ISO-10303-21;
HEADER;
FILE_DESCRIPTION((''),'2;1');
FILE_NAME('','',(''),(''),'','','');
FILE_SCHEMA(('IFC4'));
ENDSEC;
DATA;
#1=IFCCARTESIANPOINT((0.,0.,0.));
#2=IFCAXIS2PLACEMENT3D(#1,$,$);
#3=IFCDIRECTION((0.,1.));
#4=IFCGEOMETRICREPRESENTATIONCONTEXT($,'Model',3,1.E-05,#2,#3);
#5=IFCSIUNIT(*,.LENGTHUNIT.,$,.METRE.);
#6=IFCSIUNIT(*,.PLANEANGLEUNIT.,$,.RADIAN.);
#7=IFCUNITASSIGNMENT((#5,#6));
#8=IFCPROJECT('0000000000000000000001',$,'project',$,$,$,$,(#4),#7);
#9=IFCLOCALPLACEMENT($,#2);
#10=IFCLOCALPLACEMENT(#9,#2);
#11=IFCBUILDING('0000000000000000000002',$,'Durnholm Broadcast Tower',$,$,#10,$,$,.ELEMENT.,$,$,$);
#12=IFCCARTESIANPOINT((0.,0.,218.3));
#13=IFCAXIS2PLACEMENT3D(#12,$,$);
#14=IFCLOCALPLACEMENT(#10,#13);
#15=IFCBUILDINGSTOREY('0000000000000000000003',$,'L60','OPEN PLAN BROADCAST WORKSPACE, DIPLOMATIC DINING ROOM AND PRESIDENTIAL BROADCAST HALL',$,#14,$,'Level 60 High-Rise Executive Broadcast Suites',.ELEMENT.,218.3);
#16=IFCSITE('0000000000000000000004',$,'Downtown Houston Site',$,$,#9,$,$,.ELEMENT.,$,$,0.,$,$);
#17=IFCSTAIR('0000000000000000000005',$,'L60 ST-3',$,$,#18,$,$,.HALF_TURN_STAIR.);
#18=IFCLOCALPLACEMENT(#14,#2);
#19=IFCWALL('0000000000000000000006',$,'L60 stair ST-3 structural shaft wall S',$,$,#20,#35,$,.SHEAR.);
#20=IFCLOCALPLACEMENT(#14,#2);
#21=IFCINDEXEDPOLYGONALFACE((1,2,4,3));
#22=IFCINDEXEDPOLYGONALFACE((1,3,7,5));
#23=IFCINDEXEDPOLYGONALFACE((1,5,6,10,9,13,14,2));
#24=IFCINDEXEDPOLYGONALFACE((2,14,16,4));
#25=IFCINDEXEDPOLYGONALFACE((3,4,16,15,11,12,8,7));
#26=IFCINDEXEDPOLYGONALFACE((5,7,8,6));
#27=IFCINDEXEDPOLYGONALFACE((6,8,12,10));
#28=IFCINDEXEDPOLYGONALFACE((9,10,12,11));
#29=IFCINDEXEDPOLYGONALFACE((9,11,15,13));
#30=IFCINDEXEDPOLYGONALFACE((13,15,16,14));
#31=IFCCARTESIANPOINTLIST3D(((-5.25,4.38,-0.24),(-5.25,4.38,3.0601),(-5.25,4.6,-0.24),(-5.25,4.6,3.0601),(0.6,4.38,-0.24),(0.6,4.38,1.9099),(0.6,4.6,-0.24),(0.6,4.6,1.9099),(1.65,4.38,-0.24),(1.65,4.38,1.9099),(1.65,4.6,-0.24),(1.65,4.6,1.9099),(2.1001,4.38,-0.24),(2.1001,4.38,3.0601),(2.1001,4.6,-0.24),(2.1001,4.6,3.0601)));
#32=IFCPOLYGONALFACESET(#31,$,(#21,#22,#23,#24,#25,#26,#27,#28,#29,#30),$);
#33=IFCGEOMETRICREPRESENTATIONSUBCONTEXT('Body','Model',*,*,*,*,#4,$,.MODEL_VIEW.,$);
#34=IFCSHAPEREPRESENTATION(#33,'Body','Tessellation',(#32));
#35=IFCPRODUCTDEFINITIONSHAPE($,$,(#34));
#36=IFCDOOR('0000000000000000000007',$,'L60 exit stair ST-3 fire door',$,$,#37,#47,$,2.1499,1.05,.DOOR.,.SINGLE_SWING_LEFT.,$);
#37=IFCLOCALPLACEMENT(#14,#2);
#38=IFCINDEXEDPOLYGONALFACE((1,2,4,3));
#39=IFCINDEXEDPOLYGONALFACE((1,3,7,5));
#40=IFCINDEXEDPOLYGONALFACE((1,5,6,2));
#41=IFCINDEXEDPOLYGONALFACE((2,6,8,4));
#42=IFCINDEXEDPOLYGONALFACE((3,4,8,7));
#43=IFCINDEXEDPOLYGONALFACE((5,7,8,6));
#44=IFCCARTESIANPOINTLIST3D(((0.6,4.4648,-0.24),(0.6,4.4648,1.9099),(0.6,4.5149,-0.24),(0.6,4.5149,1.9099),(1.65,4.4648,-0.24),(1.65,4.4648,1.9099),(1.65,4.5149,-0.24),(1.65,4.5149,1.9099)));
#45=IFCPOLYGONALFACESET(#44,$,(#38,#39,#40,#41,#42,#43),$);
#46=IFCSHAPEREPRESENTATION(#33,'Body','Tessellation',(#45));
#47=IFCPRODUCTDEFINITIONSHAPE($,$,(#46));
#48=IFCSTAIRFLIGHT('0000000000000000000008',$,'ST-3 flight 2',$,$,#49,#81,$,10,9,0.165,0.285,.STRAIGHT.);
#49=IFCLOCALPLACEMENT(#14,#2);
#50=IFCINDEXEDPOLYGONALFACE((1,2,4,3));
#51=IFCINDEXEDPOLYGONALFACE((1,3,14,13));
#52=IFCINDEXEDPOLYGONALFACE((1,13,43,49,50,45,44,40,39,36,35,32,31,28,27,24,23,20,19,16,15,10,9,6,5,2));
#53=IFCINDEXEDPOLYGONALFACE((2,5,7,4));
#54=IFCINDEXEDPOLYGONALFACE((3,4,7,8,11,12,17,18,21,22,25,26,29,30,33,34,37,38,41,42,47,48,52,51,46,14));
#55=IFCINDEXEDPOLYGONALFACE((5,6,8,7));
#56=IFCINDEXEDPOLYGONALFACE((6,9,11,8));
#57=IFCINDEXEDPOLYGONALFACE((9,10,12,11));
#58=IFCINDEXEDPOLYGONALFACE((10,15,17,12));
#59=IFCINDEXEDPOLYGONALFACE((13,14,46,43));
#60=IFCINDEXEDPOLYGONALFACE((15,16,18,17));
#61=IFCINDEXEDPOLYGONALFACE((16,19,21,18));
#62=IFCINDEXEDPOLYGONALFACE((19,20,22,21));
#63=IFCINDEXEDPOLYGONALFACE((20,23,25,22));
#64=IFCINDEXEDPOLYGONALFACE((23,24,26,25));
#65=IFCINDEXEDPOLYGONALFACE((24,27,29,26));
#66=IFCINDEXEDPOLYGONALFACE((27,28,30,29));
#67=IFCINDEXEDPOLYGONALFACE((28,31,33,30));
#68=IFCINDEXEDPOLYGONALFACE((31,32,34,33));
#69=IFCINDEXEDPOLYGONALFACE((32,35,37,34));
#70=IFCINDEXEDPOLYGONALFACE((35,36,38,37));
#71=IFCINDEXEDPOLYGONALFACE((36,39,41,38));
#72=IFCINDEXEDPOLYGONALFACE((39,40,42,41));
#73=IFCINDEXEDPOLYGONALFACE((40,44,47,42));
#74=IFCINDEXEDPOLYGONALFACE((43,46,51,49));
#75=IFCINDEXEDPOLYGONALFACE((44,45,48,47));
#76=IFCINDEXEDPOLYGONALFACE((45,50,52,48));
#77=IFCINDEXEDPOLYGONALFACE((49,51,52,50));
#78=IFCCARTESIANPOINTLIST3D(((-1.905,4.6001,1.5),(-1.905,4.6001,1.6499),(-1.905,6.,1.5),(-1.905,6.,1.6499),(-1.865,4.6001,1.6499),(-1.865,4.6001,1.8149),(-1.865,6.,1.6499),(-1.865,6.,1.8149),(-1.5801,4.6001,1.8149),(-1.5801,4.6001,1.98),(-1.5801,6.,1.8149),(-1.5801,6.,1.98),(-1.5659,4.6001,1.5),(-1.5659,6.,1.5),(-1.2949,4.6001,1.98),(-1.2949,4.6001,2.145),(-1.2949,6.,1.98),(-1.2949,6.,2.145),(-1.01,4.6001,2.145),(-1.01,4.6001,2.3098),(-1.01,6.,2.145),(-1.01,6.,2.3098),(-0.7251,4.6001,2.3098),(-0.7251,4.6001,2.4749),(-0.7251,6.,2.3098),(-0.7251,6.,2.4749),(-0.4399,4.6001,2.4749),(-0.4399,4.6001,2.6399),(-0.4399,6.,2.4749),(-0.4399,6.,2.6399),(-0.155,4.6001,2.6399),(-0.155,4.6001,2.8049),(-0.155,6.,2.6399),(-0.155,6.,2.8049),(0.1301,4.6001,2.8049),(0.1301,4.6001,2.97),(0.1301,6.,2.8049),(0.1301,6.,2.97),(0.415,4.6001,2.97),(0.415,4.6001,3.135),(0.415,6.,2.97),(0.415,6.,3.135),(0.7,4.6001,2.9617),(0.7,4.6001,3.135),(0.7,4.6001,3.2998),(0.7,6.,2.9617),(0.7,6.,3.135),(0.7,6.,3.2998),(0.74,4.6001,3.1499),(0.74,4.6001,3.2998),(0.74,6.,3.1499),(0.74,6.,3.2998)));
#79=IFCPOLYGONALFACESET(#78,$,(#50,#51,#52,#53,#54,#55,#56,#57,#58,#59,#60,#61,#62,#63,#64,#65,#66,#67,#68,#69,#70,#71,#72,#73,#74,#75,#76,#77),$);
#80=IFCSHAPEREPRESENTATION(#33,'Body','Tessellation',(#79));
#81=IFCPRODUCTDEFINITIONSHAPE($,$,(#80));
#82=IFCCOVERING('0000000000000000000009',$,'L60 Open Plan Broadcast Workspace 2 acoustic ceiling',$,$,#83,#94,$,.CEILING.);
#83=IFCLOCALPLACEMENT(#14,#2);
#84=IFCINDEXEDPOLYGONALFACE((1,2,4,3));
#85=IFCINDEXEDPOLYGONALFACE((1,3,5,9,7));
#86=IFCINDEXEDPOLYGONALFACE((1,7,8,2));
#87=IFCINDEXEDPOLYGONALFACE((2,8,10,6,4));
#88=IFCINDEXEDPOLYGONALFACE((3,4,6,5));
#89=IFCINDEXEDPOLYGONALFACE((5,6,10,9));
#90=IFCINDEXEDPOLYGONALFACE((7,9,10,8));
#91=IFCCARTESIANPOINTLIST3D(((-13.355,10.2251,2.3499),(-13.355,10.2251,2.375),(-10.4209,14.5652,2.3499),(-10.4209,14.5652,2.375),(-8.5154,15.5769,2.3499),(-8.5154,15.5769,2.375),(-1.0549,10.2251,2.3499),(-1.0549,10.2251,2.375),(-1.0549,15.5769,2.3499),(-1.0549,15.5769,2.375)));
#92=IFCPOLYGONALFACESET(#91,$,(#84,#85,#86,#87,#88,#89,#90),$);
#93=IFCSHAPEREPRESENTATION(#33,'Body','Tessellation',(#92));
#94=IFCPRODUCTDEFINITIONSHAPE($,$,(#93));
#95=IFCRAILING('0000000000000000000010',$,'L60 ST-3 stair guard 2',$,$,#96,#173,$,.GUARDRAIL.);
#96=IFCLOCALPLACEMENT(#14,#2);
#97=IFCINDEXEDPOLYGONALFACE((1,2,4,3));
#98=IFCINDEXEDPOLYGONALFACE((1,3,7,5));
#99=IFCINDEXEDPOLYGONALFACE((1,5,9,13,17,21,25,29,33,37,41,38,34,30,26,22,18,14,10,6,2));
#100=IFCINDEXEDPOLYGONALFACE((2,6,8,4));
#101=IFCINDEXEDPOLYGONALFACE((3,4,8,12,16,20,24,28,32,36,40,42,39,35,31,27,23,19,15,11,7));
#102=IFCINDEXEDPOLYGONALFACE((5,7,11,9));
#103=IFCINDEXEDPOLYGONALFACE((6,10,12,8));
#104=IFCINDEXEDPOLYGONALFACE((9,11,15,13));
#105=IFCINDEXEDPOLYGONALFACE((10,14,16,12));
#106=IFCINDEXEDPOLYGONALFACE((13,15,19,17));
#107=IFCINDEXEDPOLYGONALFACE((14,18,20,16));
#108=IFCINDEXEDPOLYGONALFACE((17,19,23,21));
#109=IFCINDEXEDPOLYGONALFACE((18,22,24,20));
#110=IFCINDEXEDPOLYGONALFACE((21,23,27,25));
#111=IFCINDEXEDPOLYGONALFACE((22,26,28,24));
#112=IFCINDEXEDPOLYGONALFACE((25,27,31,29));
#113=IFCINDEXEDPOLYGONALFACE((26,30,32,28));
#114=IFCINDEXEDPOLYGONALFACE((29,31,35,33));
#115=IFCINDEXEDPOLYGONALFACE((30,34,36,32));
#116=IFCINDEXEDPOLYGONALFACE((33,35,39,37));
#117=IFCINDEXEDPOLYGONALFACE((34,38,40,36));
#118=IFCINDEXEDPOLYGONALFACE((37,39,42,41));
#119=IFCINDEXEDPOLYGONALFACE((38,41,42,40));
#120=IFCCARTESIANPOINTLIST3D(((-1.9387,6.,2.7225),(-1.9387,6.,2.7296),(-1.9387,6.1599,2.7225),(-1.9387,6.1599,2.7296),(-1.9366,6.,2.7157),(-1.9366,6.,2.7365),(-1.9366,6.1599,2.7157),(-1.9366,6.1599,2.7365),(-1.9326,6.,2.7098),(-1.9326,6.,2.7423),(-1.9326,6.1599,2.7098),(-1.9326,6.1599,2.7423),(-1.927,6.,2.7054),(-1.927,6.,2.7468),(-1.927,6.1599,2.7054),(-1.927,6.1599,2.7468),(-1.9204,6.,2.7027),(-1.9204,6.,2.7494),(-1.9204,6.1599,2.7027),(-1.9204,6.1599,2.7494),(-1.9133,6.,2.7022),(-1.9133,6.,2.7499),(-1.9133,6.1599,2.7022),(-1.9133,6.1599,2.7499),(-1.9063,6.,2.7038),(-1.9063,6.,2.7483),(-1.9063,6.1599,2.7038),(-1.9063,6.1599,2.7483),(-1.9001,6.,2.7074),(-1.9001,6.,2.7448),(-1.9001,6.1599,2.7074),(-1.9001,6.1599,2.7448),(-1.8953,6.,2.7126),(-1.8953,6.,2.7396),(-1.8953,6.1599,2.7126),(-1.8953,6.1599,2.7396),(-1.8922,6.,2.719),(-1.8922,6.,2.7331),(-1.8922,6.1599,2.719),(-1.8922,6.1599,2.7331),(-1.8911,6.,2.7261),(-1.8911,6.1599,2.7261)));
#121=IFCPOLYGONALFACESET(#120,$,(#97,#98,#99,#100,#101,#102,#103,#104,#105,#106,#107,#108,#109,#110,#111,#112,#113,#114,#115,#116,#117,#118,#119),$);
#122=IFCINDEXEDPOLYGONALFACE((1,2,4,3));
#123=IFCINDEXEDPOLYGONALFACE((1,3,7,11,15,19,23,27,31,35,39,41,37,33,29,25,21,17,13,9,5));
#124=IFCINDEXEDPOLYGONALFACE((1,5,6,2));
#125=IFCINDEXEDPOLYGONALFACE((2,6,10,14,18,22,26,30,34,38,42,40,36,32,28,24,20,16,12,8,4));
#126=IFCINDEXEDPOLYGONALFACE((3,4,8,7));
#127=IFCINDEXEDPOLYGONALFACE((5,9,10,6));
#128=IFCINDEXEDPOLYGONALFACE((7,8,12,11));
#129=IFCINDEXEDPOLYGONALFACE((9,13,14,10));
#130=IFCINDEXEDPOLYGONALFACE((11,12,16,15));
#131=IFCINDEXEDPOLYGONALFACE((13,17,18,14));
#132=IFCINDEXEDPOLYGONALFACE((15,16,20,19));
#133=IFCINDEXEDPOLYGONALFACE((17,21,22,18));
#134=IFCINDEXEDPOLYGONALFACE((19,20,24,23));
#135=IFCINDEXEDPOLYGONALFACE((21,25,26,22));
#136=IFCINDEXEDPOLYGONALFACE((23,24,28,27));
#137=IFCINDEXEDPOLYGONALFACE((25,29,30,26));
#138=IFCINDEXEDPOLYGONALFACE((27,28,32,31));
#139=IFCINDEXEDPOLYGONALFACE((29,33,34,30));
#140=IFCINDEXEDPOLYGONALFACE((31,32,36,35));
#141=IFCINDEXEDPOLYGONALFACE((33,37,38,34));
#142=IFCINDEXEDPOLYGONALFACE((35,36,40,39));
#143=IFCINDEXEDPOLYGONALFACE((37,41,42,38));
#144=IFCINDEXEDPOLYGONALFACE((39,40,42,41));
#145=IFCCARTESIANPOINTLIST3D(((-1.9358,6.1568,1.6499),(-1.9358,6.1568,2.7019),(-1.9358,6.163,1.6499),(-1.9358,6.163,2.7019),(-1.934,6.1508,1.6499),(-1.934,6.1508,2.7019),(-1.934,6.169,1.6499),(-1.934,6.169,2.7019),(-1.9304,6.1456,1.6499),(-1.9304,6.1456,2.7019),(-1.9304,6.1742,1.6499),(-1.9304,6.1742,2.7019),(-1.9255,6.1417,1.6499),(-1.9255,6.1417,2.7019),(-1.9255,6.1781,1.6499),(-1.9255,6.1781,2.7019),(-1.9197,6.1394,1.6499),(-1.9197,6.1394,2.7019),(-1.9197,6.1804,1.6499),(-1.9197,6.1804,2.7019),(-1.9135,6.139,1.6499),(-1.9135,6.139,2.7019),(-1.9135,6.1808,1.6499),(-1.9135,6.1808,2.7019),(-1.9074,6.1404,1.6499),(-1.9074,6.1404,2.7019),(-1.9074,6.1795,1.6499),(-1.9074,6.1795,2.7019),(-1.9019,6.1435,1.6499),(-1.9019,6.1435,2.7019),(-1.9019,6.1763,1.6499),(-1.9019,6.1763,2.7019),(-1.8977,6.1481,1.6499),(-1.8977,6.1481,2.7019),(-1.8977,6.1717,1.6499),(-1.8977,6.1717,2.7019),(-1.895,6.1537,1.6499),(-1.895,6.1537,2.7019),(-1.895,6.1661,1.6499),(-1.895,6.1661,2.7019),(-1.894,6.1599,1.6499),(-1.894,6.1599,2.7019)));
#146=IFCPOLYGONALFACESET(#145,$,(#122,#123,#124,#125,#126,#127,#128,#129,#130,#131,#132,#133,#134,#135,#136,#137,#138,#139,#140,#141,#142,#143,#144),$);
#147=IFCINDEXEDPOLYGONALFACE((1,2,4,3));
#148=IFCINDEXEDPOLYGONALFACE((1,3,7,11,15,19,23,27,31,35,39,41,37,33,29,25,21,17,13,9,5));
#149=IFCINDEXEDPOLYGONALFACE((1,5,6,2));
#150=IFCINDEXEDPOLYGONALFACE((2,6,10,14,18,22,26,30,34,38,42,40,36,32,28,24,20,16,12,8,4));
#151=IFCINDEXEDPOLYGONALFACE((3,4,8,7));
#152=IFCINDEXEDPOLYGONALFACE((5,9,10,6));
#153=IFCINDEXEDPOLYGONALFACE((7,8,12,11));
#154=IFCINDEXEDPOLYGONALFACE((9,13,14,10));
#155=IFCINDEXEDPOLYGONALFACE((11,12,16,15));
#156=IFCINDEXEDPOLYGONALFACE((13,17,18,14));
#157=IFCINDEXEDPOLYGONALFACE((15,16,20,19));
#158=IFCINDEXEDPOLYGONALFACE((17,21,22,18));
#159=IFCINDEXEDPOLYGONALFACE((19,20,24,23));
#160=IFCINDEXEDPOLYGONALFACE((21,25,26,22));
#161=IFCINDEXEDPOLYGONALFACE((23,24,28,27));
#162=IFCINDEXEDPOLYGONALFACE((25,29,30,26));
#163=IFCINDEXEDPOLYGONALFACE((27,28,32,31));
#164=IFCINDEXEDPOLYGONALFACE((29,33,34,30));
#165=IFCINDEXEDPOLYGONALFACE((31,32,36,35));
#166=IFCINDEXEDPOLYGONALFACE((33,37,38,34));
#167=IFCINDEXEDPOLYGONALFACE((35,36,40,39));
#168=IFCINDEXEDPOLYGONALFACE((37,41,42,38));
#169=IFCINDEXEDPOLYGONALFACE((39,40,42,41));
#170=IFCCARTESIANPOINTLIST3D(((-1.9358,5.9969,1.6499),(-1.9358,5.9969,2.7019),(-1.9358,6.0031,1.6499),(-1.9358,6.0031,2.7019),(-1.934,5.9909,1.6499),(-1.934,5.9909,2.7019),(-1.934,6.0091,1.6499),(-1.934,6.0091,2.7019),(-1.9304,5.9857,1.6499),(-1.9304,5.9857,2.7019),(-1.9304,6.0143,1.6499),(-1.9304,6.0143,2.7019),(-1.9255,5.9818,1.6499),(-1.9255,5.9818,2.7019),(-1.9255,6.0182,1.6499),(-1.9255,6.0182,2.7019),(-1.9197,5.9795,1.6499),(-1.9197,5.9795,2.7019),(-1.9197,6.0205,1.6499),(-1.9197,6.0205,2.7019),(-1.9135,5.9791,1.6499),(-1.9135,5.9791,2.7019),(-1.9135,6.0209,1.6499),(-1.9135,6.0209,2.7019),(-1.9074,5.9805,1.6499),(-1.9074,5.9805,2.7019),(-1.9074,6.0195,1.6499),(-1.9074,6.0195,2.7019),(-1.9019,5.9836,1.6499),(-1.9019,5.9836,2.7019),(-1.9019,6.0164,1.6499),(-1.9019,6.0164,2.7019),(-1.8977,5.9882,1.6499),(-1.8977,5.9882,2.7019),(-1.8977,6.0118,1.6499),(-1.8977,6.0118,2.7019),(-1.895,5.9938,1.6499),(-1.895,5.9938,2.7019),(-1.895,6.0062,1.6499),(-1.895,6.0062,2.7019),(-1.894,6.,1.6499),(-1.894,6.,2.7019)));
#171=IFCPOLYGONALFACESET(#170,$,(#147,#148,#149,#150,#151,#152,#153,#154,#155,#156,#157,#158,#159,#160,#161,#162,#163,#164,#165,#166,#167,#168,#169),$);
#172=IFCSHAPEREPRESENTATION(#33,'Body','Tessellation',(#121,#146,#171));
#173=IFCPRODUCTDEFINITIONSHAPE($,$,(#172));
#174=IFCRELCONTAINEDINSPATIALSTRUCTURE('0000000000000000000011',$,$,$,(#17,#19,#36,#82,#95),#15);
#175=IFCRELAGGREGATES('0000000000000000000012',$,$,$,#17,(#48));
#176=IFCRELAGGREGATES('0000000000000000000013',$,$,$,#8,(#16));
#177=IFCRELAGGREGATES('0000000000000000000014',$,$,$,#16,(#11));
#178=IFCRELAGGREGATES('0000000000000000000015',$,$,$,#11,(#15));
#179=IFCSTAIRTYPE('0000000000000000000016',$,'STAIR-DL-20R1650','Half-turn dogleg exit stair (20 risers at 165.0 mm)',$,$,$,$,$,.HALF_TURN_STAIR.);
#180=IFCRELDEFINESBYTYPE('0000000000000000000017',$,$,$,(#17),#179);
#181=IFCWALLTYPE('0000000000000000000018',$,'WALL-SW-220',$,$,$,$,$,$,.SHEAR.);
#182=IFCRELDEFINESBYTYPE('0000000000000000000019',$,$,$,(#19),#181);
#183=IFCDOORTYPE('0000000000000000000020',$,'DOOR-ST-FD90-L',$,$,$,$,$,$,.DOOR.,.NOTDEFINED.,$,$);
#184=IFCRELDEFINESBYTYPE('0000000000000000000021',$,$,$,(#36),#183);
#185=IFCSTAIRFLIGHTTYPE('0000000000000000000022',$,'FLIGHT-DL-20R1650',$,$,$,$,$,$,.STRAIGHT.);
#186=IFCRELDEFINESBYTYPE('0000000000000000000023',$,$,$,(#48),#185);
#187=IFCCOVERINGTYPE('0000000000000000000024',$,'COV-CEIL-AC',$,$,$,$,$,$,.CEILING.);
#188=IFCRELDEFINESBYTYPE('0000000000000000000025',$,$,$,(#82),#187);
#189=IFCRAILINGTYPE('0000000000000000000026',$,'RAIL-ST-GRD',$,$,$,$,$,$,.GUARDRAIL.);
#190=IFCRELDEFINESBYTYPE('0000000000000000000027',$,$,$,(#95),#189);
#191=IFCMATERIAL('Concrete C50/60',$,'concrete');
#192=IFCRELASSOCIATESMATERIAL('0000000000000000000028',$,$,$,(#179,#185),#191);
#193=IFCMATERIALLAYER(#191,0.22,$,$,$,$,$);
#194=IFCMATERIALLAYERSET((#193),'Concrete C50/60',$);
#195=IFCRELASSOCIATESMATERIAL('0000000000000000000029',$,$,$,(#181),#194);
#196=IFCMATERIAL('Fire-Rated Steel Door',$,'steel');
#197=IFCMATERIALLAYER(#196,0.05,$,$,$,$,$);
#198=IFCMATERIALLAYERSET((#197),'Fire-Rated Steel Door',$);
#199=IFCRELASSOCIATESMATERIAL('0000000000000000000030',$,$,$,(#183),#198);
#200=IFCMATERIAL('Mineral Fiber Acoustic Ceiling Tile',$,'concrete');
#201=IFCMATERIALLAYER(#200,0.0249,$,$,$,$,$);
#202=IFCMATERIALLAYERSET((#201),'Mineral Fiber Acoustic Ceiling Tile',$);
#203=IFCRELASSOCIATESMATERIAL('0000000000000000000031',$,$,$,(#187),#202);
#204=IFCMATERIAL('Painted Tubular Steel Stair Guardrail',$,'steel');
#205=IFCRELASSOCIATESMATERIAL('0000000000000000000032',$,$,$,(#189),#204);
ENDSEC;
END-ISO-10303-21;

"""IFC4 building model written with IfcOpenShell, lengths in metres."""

from ifc_helpers import new_model, si_unit, direction, frame, frame_2d, origin, origin_2d, place, context, subcontext, project, spatial, polyline, rectangle, circle, outline, extrude, source, transform, mapped, material, layer, layer_set, type_object, type_shapes, element, fill, aggregate, save


model = new_model("IFC4")

# Units and contexts
model_context = context("Model", 3, precision=1e-05, world=origin(), true_north=direction((0.0, 1.0)))
body_context = subcontext(model_context, "Body", "Model", "MODEL_VIEW")
ifc_project = project(units=[si_unit("LENGTHUNIT", "METRE"), si_unit("PLANEANGLEUNIT", "RADIAN")], contexts=[model_context])

# Site, building, storey
site_placement = place(None, origin())
site = spatial("IfcSite", under=ifc_project, at=site_placement, Name="Downtown Houston Site", CompositionType="ELEMENT", RefElevation=0.0)
building_placement = place(site_placement, origin())
building = spatial("IfcBuilding", under=site, at=building_placement, Name="Durnholm Broadcast Tower", CompositionType="ELEMENT")
storey_placement = place(building_placement, frame((0.0, 0.0, 218.3)))
storey = spatial("IfcBuildingStorey", under=building, at=storey_placement, Name="L60", Description="OPEN PLAN BROADCAST WORKSPACE, DIPLOMATIC DINING ROOM AND PRESIDENTIAL BROADCAST HALL", LongName="Level 60 High-Rise Executive Broadcast Suites", CompositionType="ELEMENT", Elevation=218.3)

# Stair
ifc_material_1 = material(Name="Concrete C50/60", Category="concrete")
stair_type = type_object("IfcStairType", Name="STAIR-DL-20R1650", Description="Half-turn dogleg exit stair (20 risers at 165.0 mm)", PredefinedType="HALF_TURN_STAIR", material=ifc_material_1)
stair_1_placement = place(storey_placement, origin())
stair_1 = element("IfcStair", 1, at=stair_1_placement, inside=storey, type_object=stair_type, Name="L60 ST-3", PredefinedType="HALF_TURN_STAIR")

# Shared definitions
ifc_layer_1 = layer(ifc_material_1, 0.22)
ifc_layer_set_1 = layer_set([ifc_layer_1], Name="Concrete C50/60")
wall_type_1 = type_object("IfcWallType", Name="WALL-SW-220", PredefinedType="SHEAR", material=ifc_layer_set_1)

# Wall, opening, door
wall_1_placement = place(storey_placement, frame((-5.25, 4.49, -0.24), z_axis=(0.0, 0.0, 1.0), x_axis=(1.0, 0.0, 0.0)))
wall_1 = element("IfcWall", 2, at=wall_1_placement, inside=storey, type_object=wall_type_1, Name="L60 stair ST-3 structural shaft wall S", PredefinedType="SHEAR", context=body_context, shape_type="SweptSolid", body=[
    extrude(rectangle(XDim=7.3501, YDim=0.22, at=frame_2d((3.675, 0.0))), origin(), (0.0, 0.0, 1.0), 3.3),
])
opening_1_placement = place(wall_1_placement, frame((5.8501, 0.0, 0.0)))
opening_1 = element("IfcOpeningElement", 3, at=opening_1_placement, cuts=wall_1, PredefinedType="OPENING", context=body_context, shape_type="SweptSolid", body=[
    extrude(rectangle(XDim=1.05, YDim=2.1499, at=frame_2d((0.5249, 1.075))), frame((0.0, 0.1201, 0.0), z_axis=(0.0, -1.0, 0.0), x_axis=(1.0, 0.0, 0.0)), (0.0, 0.0, 1.0), 0.24),
])
ifc_material_2 = material(Name="Fire-Rated Steel Door", Category="steel")
ifc_layer_2 = layer(ifc_material_2, 0.05)
ifc_layer_set_2 = layer_set([ifc_layer_2], Name="Fire-Rated Steel Door")
door_type_1 = type_object("IfcDoorType", Name="DOOR-ST-FD90-L", OperationType="NOTDEFINED", PredefinedType="DOOR", material=ifc_layer_set_2)
shared_shape_1 = source(origin(), body_context, "Body", "SweptSolid", [
    extrude(rectangle(XDim=1.05, YDim=2.1499, at=frame_2d((0.5249, 1.075))), frame((0.0, 0.0249, 0.0), z_axis=(0.0, -1.0, 0.0), x_axis=(1.0, 0.0, 0.0)), (0.0, 0.0, 1.0), 0.05),
])
type_shapes(door_type_1, [shared_shape_1])
door_1_placement = place(opening_1_placement, origin())
door_1 = element("IfcDoor", 4, at=door_1_placement, inside=storey, type_object=door_type_1, Name="L60 exit stair ST-3 fire door", OperationType="SINGLE_SWING_LEFT", OverallHeight=2.1499, OverallWidth=1.05, PredefinedType="DOOR", context=body_context, shape_type="MappedRepresentation", body=[
    mapped(shared_shape_1, transform((0.0, 0.0, 0.0), x_axis=(1.0, 0.0, 0.0), y_axis=(0.0, 1.0, 0.0), z_axis=(0.0, 0.0, 1.0), scale=1.0)),
])
fill(opening_1, door_1)

# Stair flight
stair_flight_type = type_object("IfcStairFlightType", Name="FLIGHT-DL-20R1650", PredefinedType="STRAIGHT", material=ifc_material_1)
stair_flight_placement = place(storey_placement, frame((-1.865, 5.3, 1.6499), z_axis=(0.0, 0.0, 1.0), x_axis=(1.0, 0.0, 0.0)))
stair_flight = element("IfcStairFlight", 5, at=stair_flight_placement, type_object=stair_flight_type, Name="ST-3 flight 2", NumberOfRisers=10, NumberOfTreads=9, PredefinedType="STRAIGHT", RiserHeight=0.165, TreadLength=0.285, context=body_context, shape_type="SweptSolid", body=[
    extrude(outline(polyline([(-0.04, -0.1499), (-0.04, 0.0), (0.0, 0.0), (0.0, 0.165), (0.2849, 0.165), (0.2849, 0.3301), (0.5701, 0.3301), (0.5701, 0.4951), (0.855, 0.4951), (0.855, 0.6599), (1.1399, 0.6599), (1.1399, 0.825), (1.425, 0.825), (1.425, 0.99), (1.71, 0.99), (1.71, 1.155), (1.9951, 1.155), (1.9951, 1.3201), (2.28, 1.3201), (2.28, 1.4851), (2.5649, 1.4851), (2.5649, 1.6499), (2.605, 1.6499), (2.605, 1.5), (2.5649, 1.3118), (0.2991, -0.1499), (-0.04, -0.1499)])), frame((0.0, 0.7, 0.0), z_axis=(0.0, -1.0, 0.0), x_axis=(1.0, 0.0, 0.0)), (0.0, 0.0, 1.0), 1.3999),
])
aggregate(stair_1, [stair_flight])

# Covering
ifc_material_3 = material(Name="Mineral Fiber Acoustic Ceiling Tile", Category="concrete")
ifc_layer_3 = layer(ifc_material_3, 0.0249)
ifc_layer_set_3 = layer_set([ifc_layer_3], Name="Mineral Fiber Acoustic Ceiling Tile")
covering_type = type_object("IfcCoveringType", Name="COV-CEIL-AC", PredefinedType="CEILING", material=ifc_layer_set_3)
covering_placement = place(storey_placement, frame((0.0, 0.0, 2.3499)))
element("IfcCovering", 6, at=covering_placement, inside=storey, type_object=covering_type, Name="L60 Open Plan Broadcast Workspace 2 acoustic ceiling", PredefinedType="CEILING", context=body_context, shape_type="SweptSolid", body=[
    extrude(outline(polyline([(-1.0549, 10.2251), (-1.0549, 15.5769), (-8.5154, 15.5769), (-10.4209, 14.5652), (-13.355, 10.2251), (-1.0549, 10.2251)])), origin(), (0.0, 0.0, 1.0), 0.0251),
])

# Railing
ifc_material_4 = material(Name="Painted Tubular Steel Stair Guardrail", Category="steel")
railing_type_1 = type_object("IfcRailingType", Name="RAIL-ST-GRD", PredefinedType="GUARDRAIL", material=ifc_material_4)
railing_1_placement = place(storey_placement, frame((-1.915, 6.1599, 1.6499)))
element("IfcRailing", 7, at=railing_1_placement, inside=storey, type_object=railing_type_1, Name="L60 ST-3 stair guard 2", PredefinedType="GUARDRAIL", context=body_context, shape_type="SweptSolid", body=[
    extrude(circle(Radius=0.0239, at=origin_2d()), frame((0.0, 0.0, 1.0762), z_axis=(0.0, -1.0, 0.0), x_axis=(1.0, 0.0, 0.0)), (0.0, 0.0, 1.0), 0.1599),
    extrude(circle(Radius=0.021, at=origin_2d()), origin(), (0.0, 0.0, 1.0), 1.052),
    extrude(circle(Radius=0.021, at=origin_2d()), frame((0.0, -0.1599, 0.0)), (0.0, 0.0, 1.0), 1.052),
])

save(model, "model.ifc")
